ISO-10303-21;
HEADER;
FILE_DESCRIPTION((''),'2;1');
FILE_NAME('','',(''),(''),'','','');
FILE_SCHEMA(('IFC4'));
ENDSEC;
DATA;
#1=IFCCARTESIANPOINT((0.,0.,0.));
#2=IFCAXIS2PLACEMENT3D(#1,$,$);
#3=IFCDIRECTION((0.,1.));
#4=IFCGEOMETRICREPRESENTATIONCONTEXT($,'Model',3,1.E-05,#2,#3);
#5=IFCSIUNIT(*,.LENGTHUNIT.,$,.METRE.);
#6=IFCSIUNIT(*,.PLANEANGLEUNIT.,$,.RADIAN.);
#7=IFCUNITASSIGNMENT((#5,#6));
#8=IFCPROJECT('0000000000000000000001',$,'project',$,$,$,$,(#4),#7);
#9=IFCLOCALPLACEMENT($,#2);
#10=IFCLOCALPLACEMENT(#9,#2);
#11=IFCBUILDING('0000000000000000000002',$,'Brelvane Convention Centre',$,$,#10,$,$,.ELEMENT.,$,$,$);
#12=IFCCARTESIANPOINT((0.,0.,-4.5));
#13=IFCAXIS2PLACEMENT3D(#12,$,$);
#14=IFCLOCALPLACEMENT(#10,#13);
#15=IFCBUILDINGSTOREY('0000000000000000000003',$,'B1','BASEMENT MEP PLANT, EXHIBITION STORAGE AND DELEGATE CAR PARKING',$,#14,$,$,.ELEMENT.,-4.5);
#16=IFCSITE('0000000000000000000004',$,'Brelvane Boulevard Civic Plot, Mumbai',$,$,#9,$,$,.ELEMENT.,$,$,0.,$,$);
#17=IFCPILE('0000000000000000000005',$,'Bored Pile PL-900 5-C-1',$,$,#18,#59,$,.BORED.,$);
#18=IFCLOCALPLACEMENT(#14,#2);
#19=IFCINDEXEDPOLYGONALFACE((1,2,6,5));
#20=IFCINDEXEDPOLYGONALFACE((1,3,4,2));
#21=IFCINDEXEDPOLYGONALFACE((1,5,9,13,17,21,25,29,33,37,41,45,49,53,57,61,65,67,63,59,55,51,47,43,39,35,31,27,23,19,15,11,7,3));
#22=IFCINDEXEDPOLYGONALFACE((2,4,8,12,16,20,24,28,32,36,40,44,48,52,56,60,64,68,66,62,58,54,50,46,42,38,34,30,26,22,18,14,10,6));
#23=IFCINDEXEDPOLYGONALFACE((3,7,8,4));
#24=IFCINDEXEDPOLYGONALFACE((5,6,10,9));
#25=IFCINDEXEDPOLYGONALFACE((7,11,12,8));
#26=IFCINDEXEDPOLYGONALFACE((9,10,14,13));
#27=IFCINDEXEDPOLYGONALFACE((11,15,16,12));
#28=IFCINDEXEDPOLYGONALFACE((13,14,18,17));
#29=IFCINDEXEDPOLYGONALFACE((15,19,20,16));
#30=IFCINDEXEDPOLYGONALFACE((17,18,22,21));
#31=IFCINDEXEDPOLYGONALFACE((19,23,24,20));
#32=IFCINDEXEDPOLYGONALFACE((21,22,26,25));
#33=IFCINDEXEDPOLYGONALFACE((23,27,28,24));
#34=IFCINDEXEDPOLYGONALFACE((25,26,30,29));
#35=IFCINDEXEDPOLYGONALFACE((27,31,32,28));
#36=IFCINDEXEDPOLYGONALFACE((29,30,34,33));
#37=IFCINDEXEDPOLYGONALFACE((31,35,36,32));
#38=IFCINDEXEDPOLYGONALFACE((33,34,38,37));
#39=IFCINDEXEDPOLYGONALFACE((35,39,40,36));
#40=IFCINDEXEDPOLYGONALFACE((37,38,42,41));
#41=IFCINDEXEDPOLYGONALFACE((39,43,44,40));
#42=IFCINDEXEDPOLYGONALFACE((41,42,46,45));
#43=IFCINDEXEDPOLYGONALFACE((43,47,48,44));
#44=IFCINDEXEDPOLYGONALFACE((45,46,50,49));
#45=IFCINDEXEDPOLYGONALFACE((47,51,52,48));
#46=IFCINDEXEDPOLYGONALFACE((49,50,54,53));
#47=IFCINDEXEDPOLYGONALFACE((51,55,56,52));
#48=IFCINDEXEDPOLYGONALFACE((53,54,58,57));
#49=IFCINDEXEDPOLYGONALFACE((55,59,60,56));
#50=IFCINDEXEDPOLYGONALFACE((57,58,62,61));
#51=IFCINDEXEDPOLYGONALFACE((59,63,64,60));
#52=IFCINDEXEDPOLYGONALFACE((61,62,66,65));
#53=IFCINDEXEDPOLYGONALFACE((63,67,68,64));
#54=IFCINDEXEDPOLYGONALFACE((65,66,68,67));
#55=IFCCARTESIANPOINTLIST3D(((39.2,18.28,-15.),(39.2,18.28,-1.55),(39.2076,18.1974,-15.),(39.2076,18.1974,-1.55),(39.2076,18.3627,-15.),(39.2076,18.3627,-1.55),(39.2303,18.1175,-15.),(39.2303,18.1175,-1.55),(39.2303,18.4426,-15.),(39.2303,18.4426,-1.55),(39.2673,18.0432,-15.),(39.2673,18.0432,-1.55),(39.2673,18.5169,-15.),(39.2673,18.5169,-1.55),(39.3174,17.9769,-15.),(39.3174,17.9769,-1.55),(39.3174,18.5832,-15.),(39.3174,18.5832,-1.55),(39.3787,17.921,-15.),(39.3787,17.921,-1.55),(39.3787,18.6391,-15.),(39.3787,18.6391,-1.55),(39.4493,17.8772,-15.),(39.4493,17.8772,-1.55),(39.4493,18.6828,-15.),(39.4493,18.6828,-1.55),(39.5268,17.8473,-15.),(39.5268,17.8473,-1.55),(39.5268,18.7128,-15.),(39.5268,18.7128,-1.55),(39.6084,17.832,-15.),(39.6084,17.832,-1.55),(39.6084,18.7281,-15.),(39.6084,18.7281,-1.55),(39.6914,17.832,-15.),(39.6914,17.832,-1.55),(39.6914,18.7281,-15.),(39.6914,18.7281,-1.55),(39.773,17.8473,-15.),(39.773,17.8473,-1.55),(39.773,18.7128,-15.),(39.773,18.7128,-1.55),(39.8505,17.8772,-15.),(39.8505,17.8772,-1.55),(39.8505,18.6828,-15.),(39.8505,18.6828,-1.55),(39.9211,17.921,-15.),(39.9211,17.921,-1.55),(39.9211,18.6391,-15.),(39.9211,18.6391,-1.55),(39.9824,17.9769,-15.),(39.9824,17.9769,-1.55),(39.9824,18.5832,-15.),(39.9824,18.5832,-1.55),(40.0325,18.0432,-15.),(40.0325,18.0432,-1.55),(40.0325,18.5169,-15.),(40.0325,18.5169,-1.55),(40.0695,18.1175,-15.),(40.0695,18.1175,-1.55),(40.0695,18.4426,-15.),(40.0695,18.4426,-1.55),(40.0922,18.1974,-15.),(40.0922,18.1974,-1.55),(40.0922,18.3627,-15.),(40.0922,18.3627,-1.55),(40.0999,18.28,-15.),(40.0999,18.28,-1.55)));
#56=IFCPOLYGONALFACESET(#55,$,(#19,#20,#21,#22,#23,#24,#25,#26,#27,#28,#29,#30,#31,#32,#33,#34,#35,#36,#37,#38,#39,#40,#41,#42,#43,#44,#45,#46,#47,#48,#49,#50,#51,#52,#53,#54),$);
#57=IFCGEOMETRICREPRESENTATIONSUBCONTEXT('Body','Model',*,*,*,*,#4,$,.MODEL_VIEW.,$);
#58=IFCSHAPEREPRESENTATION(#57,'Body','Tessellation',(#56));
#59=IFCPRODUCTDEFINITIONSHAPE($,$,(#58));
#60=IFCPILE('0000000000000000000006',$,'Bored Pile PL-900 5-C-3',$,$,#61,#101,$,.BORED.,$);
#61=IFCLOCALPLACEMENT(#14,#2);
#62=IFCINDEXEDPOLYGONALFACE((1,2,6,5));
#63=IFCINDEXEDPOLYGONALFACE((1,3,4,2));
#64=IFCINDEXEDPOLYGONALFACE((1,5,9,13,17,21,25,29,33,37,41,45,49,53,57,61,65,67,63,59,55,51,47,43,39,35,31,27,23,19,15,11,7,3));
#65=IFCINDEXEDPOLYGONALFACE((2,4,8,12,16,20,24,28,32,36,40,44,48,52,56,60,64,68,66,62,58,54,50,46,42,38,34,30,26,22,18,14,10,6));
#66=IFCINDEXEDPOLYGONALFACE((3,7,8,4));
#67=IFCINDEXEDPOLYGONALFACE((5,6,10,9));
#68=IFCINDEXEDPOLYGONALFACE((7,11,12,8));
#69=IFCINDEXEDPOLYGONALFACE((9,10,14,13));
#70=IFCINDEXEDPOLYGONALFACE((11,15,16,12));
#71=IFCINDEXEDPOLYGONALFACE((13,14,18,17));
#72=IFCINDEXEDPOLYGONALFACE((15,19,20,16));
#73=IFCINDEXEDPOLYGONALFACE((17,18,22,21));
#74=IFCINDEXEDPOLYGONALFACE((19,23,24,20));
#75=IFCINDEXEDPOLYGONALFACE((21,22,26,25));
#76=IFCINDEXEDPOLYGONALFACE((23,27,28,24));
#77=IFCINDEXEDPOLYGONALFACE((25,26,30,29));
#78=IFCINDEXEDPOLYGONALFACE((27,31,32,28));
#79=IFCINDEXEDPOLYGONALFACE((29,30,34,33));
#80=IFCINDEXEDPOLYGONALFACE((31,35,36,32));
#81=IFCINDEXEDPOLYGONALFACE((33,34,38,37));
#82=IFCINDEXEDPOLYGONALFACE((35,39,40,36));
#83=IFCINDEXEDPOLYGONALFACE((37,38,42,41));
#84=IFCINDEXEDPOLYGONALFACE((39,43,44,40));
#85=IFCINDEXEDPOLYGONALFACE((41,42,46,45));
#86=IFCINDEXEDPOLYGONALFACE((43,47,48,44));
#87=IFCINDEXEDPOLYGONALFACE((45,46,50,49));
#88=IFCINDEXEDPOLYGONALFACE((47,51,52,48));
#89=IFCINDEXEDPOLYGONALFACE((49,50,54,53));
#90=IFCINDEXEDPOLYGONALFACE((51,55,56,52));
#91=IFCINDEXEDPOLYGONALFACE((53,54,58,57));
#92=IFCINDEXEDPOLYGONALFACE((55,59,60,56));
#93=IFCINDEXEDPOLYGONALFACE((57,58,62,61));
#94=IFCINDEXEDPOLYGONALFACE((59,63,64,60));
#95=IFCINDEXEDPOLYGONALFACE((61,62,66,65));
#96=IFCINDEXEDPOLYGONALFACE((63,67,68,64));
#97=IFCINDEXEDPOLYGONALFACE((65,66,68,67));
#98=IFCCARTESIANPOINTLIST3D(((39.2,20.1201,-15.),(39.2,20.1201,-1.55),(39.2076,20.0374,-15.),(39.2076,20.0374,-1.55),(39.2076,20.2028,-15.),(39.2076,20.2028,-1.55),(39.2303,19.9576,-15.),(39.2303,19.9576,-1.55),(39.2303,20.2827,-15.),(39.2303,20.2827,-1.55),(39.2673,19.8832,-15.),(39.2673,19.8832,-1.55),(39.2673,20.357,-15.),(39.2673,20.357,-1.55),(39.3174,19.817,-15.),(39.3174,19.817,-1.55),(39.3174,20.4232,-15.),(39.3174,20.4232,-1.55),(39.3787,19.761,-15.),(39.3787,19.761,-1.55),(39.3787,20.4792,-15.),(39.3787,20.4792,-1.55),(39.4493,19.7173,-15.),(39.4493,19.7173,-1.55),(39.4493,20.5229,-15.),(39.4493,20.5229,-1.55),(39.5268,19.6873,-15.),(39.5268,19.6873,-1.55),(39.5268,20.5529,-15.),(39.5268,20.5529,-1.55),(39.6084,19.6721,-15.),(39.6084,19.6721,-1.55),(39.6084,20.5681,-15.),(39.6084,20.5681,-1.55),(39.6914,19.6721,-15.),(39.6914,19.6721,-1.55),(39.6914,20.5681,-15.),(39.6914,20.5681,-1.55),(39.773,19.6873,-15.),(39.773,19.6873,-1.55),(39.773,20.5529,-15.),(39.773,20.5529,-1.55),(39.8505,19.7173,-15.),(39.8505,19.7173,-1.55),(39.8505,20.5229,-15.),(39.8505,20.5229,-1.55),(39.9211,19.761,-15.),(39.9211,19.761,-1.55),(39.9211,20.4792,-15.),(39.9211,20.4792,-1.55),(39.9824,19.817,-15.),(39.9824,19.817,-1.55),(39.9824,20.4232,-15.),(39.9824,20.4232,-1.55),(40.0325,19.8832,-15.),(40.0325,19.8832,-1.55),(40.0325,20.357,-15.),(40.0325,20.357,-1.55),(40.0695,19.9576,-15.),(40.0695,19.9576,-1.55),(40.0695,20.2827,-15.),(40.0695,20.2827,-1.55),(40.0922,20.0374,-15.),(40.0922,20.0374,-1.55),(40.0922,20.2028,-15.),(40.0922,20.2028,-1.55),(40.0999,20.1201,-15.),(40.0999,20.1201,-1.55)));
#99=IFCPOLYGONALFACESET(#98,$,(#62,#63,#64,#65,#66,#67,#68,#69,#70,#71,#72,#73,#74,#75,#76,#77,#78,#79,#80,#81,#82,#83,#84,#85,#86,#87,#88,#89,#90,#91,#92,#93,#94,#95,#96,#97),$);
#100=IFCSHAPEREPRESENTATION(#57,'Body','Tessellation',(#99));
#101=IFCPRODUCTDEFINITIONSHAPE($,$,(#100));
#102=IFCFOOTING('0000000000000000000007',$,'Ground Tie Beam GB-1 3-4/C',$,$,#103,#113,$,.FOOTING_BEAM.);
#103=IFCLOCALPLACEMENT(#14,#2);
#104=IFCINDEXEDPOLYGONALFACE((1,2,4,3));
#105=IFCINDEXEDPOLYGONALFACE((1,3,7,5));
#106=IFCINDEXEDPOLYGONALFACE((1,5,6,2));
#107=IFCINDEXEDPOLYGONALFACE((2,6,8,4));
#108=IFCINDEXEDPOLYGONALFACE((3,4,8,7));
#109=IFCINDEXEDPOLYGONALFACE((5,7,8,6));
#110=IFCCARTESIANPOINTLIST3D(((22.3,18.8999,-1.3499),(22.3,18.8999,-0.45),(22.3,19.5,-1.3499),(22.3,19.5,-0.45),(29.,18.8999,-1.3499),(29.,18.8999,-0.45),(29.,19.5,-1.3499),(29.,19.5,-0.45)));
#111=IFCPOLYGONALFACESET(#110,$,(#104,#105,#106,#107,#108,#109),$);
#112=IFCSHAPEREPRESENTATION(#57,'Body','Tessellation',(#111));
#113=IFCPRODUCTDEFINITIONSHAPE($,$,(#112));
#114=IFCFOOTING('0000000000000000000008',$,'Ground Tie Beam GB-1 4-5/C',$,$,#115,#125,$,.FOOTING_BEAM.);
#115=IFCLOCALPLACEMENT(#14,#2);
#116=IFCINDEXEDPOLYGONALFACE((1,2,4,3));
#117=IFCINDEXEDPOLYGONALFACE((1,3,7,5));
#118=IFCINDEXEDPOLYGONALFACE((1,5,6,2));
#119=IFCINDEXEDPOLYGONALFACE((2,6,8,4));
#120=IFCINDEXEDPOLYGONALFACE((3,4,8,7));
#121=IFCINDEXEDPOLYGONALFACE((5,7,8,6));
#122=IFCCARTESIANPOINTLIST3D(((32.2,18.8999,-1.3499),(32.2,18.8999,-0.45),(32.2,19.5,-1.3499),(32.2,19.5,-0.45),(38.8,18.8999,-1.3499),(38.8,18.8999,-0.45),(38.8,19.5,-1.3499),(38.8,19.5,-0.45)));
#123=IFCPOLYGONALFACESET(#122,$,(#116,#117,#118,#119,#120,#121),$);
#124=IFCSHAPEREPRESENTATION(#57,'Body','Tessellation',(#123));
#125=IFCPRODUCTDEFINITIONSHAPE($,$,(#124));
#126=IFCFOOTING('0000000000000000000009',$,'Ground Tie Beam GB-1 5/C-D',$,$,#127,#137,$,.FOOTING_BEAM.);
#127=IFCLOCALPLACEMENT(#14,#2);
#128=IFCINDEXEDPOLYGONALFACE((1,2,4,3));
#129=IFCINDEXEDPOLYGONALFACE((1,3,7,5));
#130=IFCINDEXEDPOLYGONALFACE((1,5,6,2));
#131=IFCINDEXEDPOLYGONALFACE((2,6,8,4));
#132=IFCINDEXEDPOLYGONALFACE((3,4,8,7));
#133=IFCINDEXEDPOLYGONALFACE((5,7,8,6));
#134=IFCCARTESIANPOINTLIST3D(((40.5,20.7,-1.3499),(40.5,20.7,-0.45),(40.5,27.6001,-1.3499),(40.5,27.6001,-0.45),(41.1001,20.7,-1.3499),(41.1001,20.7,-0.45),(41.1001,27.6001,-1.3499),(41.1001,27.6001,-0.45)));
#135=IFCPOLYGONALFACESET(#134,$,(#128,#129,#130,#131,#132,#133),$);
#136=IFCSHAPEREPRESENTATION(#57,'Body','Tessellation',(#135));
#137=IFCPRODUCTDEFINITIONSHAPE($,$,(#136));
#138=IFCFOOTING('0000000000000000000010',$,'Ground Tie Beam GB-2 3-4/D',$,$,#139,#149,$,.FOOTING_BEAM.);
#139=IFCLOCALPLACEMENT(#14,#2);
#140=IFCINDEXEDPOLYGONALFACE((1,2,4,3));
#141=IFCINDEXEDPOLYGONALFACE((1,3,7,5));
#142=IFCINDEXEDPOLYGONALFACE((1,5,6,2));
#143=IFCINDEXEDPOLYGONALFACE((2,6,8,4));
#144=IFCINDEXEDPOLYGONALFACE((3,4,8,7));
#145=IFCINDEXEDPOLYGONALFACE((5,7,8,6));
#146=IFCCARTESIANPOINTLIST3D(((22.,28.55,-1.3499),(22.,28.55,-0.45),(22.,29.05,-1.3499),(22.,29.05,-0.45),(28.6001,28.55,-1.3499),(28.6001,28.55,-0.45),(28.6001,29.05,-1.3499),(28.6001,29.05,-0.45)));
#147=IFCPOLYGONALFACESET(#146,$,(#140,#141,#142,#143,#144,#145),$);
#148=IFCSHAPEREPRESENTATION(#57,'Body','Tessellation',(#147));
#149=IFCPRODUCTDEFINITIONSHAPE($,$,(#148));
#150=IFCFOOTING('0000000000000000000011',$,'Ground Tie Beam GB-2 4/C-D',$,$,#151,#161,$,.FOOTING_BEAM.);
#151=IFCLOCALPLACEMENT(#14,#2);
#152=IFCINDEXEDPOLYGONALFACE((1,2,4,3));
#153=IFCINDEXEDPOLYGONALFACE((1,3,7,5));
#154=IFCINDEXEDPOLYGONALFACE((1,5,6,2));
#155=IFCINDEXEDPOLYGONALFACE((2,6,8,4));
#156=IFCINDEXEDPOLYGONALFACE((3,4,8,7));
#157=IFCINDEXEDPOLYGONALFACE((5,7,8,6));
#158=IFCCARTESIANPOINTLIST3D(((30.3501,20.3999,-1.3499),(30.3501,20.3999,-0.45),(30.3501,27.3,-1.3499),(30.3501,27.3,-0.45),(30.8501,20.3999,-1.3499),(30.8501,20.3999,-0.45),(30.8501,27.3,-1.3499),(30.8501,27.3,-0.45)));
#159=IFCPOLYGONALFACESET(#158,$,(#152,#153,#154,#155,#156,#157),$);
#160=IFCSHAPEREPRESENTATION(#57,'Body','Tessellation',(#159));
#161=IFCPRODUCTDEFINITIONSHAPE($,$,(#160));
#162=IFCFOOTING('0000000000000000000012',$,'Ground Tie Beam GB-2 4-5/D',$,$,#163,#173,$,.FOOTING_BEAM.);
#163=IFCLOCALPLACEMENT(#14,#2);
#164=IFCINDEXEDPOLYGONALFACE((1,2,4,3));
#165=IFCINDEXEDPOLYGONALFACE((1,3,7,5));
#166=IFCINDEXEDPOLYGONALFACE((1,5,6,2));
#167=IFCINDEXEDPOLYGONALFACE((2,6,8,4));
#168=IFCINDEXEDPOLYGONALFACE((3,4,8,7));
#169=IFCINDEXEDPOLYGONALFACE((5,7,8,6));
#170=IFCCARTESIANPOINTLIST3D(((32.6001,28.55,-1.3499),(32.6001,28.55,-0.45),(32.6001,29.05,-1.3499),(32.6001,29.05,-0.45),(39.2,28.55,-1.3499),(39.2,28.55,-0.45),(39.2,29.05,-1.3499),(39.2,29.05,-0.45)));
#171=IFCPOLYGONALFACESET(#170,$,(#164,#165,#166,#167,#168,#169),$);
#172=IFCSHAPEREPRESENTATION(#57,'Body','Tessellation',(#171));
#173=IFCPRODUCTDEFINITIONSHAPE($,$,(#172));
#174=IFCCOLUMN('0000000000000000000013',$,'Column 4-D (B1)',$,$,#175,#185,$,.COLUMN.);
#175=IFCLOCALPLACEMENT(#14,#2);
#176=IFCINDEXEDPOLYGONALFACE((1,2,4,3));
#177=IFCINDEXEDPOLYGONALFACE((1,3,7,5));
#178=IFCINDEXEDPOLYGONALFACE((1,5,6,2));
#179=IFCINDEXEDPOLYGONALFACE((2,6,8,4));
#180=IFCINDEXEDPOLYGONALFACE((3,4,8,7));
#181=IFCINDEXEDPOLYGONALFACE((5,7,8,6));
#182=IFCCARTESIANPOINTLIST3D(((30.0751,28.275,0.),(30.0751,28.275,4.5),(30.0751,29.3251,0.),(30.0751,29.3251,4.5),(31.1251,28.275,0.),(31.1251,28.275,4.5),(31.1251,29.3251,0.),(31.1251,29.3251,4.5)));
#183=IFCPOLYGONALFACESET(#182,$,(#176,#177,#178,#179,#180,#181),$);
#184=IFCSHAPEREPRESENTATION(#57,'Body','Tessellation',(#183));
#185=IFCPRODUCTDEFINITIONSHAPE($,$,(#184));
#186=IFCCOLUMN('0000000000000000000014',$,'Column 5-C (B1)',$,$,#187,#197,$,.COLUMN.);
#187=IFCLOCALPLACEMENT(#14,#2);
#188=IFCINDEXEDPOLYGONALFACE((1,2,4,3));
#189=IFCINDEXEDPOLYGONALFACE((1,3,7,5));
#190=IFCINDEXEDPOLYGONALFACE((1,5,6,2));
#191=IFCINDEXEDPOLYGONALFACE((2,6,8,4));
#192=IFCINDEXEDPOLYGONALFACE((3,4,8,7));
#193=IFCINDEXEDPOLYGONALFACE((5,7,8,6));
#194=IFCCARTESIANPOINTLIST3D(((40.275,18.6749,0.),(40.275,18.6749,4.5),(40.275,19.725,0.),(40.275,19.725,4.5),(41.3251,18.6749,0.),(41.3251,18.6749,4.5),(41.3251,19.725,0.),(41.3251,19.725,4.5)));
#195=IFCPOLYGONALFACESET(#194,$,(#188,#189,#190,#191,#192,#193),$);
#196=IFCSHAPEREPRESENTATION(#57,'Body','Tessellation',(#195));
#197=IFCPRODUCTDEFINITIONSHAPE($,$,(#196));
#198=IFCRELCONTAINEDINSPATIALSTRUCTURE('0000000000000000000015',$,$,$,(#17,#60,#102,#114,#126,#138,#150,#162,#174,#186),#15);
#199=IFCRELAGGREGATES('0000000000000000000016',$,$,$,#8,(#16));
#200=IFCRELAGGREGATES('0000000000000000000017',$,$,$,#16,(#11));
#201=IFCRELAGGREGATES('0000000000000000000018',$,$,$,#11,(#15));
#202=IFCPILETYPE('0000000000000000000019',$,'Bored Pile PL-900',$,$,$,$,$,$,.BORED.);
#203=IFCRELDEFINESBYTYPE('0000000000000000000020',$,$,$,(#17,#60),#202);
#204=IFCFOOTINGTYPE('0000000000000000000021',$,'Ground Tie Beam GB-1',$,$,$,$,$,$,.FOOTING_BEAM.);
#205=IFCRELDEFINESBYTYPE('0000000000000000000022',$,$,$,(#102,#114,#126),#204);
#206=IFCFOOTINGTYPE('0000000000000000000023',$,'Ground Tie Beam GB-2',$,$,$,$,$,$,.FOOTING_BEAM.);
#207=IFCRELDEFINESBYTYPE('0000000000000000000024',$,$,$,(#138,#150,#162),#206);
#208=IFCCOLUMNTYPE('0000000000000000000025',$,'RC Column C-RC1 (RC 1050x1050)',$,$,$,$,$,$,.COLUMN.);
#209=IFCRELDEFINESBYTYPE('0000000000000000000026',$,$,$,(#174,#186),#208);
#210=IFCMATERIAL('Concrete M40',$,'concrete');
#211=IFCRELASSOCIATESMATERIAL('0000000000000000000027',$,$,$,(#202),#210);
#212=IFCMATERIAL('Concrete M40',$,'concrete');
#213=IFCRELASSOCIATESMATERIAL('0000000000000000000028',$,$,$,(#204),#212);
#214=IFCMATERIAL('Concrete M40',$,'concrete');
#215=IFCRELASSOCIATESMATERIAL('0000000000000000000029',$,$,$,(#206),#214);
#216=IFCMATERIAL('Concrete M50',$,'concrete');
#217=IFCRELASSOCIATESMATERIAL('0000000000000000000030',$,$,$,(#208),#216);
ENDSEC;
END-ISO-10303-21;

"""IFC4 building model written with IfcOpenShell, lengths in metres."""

from ifc_helpers import new_model, si_unit, direction, frame, origin, origin_2d, place, context, subcontext, project, spatial, rectangle, circle, extrude, material, material_profile, profile_set, type_object, element, save


model = new_model("IFC4")

# Units and contexts
model_context = context("Model", 3, precision=1e-05, world=origin(), true_north=direction((0.0, 1.0)))
body_context = subcontext(model_context, "Body", "Model", "MODEL_VIEW")
ifc_project = project(units=[si_unit("LENGTHUNIT", "METRE"), si_unit("PLANEANGLEUNIT", "RADIAN")], contexts=[model_context])

# Site, building, storey
site_placement = place(None, origin())
site = spatial("IfcSite", under=ifc_project, at=site_placement, Name="Brelvane Boulevard Civic Plot, Mumbai", CompositionType="ELEMENT", RefElevation=0.0)
building_placement = place(site_placement, origin())
building = spatial("IfcBuilding", under=site, at=building_placement, Name="Brelvane Convention Centre", CompositionType="ELEMENT")
storey_placement = place(building_placement, frame((0.0, 0.0, -4.5)))
storey = spatial("IfcBuildingStorey", under=building, at=storey_placement, Name="B1", Description="BASEMENT MEP PLANT, EXHIBITION STORAGE AND DELEGATE CAR PARKING", CompositionType="ELEMENT", Elevation=-4.5)

# Piles
ifc_material_1 = material(Name="Concrete M40", Category="concrete")
ifc_material_profile_1 = material_profile(ifc_material_1, circle(Radius=0.45, at=origin_2d()), Name="PILE D900")
ifc_profile_set_1 = profile_set([ifc_material_profile_1], Name="Concrete M40")
pile_type = type_object("IfcPileType", Name="Bored Pile PL-900", PredefinedType="BORED", material=ifc_profile_set_1)
for number, where, z_axis, x_axis, name in (
    (1, (39.6499, 18.28, -1.55), (0.0, 0.0, -1.0), (1.0, 0.0, 0.0), "Bored Pile PL-900 5-C-1"),
    (2, (39.6499, 20.1201, -1.55), (0.0, 0.0, -1.0), (1.0, 0.0, 0.0), "Bored Pile PL-900 5-C-3"),
):
    element("IfcPile", number, at=place(storey_placement, frame(where, z_axis=z_axis, x_axis=x_axis)), inside=storey, type_object=pile_type, Name=name, PredefinedType="BORED", context=body_context, shape_type="SweptSolid", body=[
        extrude(circle(Radius=0.45, at=origin_2d()), origin(), (0.0, 0.0, 1.0), 13.45),
    ])

# Footings
ifc_material_2 = material(Name="Concrete M40", Category="concrete")
ifc_material_profile_2 = material_profile(ifc_material_2, rectangle(XDim=0.6001, YDim=0.8999, at=origin_2d()), Name="RC 600x900")
ifc_profile_set_2 = profile_set([ifc_material_profile_2], Name="Concrete M40")
footing_type_1 = type_object("IfcFootingType", Name="Ground Tie Beam GB-1", PredefinedType="FOOTING_BEAM", material=ifc_profile_set_2)
footing_1_placement = place(storey_placement, frame((22.3, 19.2, -0.8999), z_axis=(1.0, 0.0, 0.0), x_axis=(0.0, 1.0, 0.0)))
element("IfcFooting", 3, at=footing_1_placement, inside=storey, type_object=footing_type_1, Name="Ground Tie Beam GB-1 3-4/C", PredefinedType="FOOTING_BEAM", context=body_context, shape_type="SweptSolid", body=[
    extrude(rectangle(XDim=0.6001, YDim=0.8999, at=origin_2d()), origin(), (0.0, 0.0, 1.0), 6.7),
])
footing_2_placement = place(storey_placement, frame((32.2, 19.2, -0.8999), z_axis=(1.0, 0.0, 0.0), x_axis=(0.0, 1.0, 0.0)))
element("IfcFooting", 4, at=footing_2_placement, inside=storey, type_object=footing_type_1, Name="Ground Tie Beam GB-1 4-5/C", PredefinedType="FOOTING_BEAM", context=body_context, shape_type="SweptSolid", body=[
    extrude(rectangle(XDim=0.6001, YDim=0.8999, at=origin_2d()), origin(), (0.0, 0.0, 1.0), 6.6001),
])
footing_3_placement = place(storey_placement, frame((40.8, 20.7, -0.8999), z_axis=(0.0, 1.0, 0.0), x_axis=(-1.0, 0.0, 0.0)))
element("IfcFooting", 5, at=footing_3_placement, inside=storey, type_object=footing_type_1, Name="Ground Tie Beam GB-1 5/C-D", PredefinedType="FOOTING_BEAM", context=body_context, shape_type="SweptSolid", body=[
    extrude(rectangle(XDim=0.6001, YDim=0.8999, at=origin_2d()), origin(), (0.0, 0.0, 1.0), 6.9001),
])
ifc_material_3 = material(Name="Concrete M40", Category="concrete")
ifc_material_profile_3 = material_profile(ifc_material_3, rectangle(XDim=0.5, YDim=0.8999, at=origin_2d()), Name="RC 500x900")
ifc_profile_set_3 = profile_set([ifc_material_profile_3], Name="Concrete M40")
footing_type_2 = type_object("IfcFootingType", Name="Ground Tie Beam GB-2", PredefinedType="FOOTING_BEAM", material=ifc_profile_set_3)
footing_4_placement = place(storey_placement, frame((22.0, 28.8, -0.8999), z_axis=(1.0, 0.0, 0.0), x_axis=(0.0, 1.0, 0.0)))
element("IfcFooting", 6, at=footing_4_placement, inside=storey, type_object=footing_type_2, Name="Ground Tie Beam GB-2 3-4/D", PredefinedType="FOOTING_BEAM", context=body_context, shape_type="SweptSolid", body=[
    extrude(rectangle(XDim=0.5, YDim=0.8999, at=origin_2d()), origin(), (0.0, 0.0, 1.0), 6.6001),
])
footing_5_placement = place(storey_placement, frame((30.6001, 20.3999, -0.8999), z_axis=(0.0, 1.0, 0.0), x_axis=(-1.0, 0.0, 0.0)))
element("IfcFooting", 7, at=footing_5_placement, inside=storey, type_object=footing_type_2, Name="Ground Tie Beam GB-2 4/C-D", PredefinedType="FOOTING_BEAM", context=body_context, shape_type="SweptSolid", body=[
    extrude(rectangle(XDim=0.5, YDim=0.8999, at=origin_2d()), origin(), (0.0, 0.0, 1.0), 6.9001),
])
footing_6_placement = place(storey_placement, frame((32.6001, 28.8, -0.8999), z_axis=(1.0, 0.0, 0.0), x_axis=(0.0, 1.0, 0.0)))
element("IfcFooting", 8, at=footing_6_placement, inside=storey, type_object=footing_type_2, Name="Ground Tie Beam GB-2 4-5/D", PredefinedType="FOOTING_BEAM", context=body_context, shape_type="SweptSolid", body=[
    extrude(rectangle(XDim=0.5, YDim=0.8999, at=origin_2d()), origin(), (0.0, 0.0, 1.0), 6.5999),
])

# Columns
ifc_material_4 = material(Name="Concrete M50", Category="concrete")
ifc_material_profile_4 = material_profile(ifc_material_4, rectangle(XDim=1.05, YDim=1.05, at=origin_2d()), Name="RC 1050x1050")
ifc_profile_set_4 = profile_set([ifc_material_profile_4], Name="Concrete M50")
column_type_1 = type_object("IfcColumnType", Name="RC Column C-RC1 (RC 1050x1050)", PredefinedType="COLUMN", material=ifc_profile_set_4)
for number, where, z_axis, x_axis, name in (
    (9, (30.6001, 28.8, 0.0), (0.0, 0.0, 1.0), (1.0, 0.0, 0.0), "Column 4-D (B1)"),
    (10, (40.8, 19.2, 0.0), (0.0, 0.0, 1.0), (1.0, 0.0, 0.0), "Column 5-C (B1)"),
):
    element("IfcColumn", number, at=place(storey_placement, frame(where, z_axis=z_axis, x_axis=x_axis)), inside=storey, type_object=column_type_1, Name=name, PredefinedType="COLUMN", context=body_context, shape_type="SweptSolid", body=[
        extrude(rectangle(XDim=1.05, YDim=1.05, at=origin_2d()), origin(), (0.0, 0.0, 1.0), 4.5),
    ])

save(model, "model.ifc")
